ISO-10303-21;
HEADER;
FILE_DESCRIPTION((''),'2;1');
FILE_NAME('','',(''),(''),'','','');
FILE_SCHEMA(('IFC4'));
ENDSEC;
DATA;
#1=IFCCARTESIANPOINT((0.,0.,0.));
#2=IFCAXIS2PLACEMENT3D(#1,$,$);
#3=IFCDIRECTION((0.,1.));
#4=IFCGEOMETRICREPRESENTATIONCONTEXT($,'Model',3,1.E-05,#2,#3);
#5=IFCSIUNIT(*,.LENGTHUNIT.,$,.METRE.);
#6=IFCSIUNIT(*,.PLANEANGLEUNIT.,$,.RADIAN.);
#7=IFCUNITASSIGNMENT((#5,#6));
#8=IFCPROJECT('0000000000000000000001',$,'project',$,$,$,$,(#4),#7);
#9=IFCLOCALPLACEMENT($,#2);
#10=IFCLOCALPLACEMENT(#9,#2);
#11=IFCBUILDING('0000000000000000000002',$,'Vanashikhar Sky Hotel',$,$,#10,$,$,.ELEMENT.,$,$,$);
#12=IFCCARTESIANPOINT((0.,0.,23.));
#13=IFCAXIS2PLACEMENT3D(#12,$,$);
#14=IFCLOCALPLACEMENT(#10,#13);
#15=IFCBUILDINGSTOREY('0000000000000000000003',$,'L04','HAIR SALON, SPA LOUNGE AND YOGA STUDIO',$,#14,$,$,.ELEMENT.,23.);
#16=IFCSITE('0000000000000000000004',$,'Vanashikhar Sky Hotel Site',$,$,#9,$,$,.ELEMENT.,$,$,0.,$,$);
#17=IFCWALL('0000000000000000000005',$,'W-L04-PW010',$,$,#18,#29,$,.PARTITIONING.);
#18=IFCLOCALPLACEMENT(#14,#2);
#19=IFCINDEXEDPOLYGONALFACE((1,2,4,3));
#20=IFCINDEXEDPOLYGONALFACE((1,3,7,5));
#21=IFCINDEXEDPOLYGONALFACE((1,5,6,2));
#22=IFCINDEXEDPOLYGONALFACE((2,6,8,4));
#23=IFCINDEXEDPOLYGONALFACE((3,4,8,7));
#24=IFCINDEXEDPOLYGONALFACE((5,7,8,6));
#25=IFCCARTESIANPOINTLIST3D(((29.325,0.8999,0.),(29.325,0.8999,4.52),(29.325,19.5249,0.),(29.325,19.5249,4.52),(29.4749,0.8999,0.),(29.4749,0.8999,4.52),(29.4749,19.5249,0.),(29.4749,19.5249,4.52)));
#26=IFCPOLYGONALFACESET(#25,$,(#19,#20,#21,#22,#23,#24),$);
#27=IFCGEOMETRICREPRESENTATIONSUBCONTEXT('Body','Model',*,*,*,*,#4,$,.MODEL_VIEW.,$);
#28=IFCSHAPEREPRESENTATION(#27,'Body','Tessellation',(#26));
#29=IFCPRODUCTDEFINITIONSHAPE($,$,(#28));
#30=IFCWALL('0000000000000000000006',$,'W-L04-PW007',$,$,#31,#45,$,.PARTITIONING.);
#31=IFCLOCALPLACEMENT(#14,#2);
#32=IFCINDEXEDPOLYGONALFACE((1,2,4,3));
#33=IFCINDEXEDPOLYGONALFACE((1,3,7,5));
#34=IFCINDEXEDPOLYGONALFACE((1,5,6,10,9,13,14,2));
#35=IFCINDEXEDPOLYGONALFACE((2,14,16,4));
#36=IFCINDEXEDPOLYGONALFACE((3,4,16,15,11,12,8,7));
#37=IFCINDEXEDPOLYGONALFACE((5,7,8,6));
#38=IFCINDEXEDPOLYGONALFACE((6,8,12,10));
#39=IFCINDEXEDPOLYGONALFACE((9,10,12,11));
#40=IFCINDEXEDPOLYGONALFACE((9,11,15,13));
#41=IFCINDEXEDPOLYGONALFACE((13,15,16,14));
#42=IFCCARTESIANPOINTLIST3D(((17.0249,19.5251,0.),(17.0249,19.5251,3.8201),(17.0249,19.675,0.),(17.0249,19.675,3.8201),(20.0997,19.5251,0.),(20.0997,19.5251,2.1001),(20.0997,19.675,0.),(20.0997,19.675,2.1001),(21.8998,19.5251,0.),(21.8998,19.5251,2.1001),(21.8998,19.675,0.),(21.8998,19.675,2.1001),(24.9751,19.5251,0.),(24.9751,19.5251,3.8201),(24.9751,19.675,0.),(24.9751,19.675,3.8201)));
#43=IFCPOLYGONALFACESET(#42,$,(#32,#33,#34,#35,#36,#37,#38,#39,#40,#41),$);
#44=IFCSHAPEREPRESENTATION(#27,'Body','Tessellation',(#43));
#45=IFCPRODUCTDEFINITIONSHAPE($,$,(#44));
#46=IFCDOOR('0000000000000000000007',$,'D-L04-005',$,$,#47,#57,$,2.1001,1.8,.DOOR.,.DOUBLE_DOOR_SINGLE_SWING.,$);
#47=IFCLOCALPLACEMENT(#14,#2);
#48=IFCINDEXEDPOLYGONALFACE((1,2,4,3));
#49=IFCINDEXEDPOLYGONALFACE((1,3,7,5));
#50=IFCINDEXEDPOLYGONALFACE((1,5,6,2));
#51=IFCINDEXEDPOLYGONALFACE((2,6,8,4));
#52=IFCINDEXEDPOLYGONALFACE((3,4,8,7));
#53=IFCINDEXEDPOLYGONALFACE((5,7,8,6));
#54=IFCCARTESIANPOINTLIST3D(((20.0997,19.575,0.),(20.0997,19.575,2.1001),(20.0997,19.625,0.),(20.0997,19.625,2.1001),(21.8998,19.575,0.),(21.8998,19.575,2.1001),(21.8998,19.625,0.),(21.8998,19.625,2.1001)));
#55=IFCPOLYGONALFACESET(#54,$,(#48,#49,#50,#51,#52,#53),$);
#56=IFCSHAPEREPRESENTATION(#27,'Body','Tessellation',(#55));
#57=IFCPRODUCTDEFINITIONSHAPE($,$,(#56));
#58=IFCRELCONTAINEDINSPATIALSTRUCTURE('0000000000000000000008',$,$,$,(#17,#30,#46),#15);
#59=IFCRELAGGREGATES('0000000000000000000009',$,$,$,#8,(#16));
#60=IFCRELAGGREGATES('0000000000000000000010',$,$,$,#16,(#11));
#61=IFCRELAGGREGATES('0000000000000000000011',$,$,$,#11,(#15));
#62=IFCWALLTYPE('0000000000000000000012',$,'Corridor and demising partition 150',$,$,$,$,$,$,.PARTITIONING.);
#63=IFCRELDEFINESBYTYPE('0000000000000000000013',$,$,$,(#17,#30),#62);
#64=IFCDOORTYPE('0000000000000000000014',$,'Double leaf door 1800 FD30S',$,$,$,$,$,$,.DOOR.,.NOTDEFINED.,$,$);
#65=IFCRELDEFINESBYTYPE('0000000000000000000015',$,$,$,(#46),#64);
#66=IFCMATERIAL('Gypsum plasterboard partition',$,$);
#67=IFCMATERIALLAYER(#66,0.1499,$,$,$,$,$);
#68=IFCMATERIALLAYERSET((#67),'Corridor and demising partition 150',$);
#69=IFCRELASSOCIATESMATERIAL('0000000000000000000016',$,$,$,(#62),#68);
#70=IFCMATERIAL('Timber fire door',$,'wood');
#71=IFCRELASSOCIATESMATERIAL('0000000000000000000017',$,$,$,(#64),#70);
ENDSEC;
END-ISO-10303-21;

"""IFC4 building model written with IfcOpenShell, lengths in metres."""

from ifc_helpers import new_model, si_unit, direction, frame, frame_2d, origin, place, context, subcontext, project, spatial, rectangle, extrude, source, transform, mapped, material, layer, layer_set, type_object, element, fill, save


model = new_model("IFC4")

# Units and contexts
model_context = context("Model", 3, precision=1e-05, world=origin(), true_north=direction((0.0, 1.0)))
body_context = subcontext(model_context, "Body", "Model", "MODEL_VIEW")
ifc_project = project(units=[si_unit("LENGTHUNIT", "METRE"), si_unit("PLANEANGLEUNIT", "RADIAN")], contexts=[model_context])

# Site, building, storey
site_placement = place(None, origin())
site = spatial("IfcSite", under=ifc_project, at=site_placement, Name="Vanashikhar Sky Hotel Site", CompositionType="ELEMENT", RefElevation=0.0)
building_placement = place(site_placement, origin())
building = spatial("IfcBuilding", under=site, at=building_placement, Name="Vanashikhar Sky Hotel", CompositionType="ELEMENT")
storey_placement = place(building_placement, frame((0.0, 0.0, 23.0)))
storey = spatial("IfcBuildingStorey", under=building, at=storey_placement, Name="L04", Description="HAIR SALON, SPA LOUNGE AND YOGA STUDIO", CompositionType="ELEMENT", Elevation=23.0)

# Shared definitions
ifc_material_1 = material(Name="Gypsum plasterboard partition")
ifc_layer_1 = layer(ifc_material_1, 0.1499)
ifc_layer_set_1 = layer_set([ifc_layer_1], Name="Corridor and demising partition 150")
wall_type_1 = type_object("IfcWallType", Name="Corridor and demising partition 150", PredefinedType="PARTITIONING", material=ifc_layer_set_1)
ifc_material_2 = material(Name="Timber fire door", Category="wood")

# Wall
shared_shape_1 = source(origin(), body_context, "Body", "SweptSolid", [
    extrude(rectangle(XDim=18.625, YDim=0.1499, at=frame_2d((9.3125, 0.0))), origin(), (0.0, 0.0, 1.0), 4.52),
])
wall_1_placement = place(storey_placement, frame((29.3999, 0.8999, 0.0), z_axis=(0.0, 0.0, 1.0), x_axis=(0.0, 1.0, 0.0)))
element("IfcWall", 1, at=wall_1_placement, inside=storey, type_object=wall_type_1, Name="W-L04-PW010", PredefinedType="PARTITIONING", context=body_context, shape_type="MappedRepresentation", body=[
    mapped(shared_shape_1, transform((0.0, 0.0, 0.0), scale=1.0)),
])

# Wall, opening, door
shared_shape_2 = source(origin(), body_context, "Body", "SweptSolid", [
    extrude(rectangle(XDim=7.9502, YDim=0.1499, at=frame_2d((3.9751, 0.0))), origin(), (0.0, 0.0, 1.0), 3.8201),
])
wall_2_placement = place(storey_placement, frame((17.0249, 19.6001, 0.0), z_axis=(0.0, 0.0, 1.0), x_axis=(1.0, 0.0, 0.0)))
wall_2 = element("IfcWall", 2, at=wall_2_placement, inside=storey, type_object=wall_type_1, Name="W-L04-PW007", PredefinedType="PARTITIONING", context=body_context, shape_type="MappedRepresentation", body=[
    mapped(shared_shape_2, transform((0.0, 0.0, 0.0), scale=1.0)),
])
shared_shape_3 = source(origin(), body_context, "Body", "SweptSolid", [
    extrude(rectangle(XDim=1.8, YDim=2.1001, at=frame_2d((0.8999, 1.05))), frame((0.0, 0.085, 0.0), z_axis=(0.0, -1.0, 0.0), x_axis=(1.0, 0.0, 0.0)), (0.0, 0.0, 1.0), 0.1699),
])
opening_1_placement = place(wall_2_placement, frame((3.075, 0.0, 0.0)))
opening_1 = element("IfcOpeningElement", 3, at=opening_1_placement, cuts=wall_2, PredefinedType="OPENING", context=body_context, shape_type="MappedRepresentation", body=[
    mapped(shared_shape_3, transform((0.0, 0.0, 0.0), scale=1.0)),
])
door_type_1 = type_object("IfcDoorType", Name="Double leaf door 1800 FD30S", OperationType="NOTDEFINED", PredefinedType="DOOR", material=ifc_material_2)
shared_shape_4 = source(origin(), body_context, "Body", "SweptSolid", [
    extrude(rectangle(XDim=1.8, YDim=2.1001, at=frame_2d((0.8999, 1.05))), frame((0.0, 0.0249, 0.0), z_axis=(0.0, -1.0, 0.0), x_axis=(1.0, 0.0, 0.0)), (0.0, 0.0, 1.0), 0.05),
])
door_1_placement = place(opening_1_placement, origin())
door_1 = element("IfcDoor", 4, at=door_1_placement, inside=storey, type_object=door_type_1, Name="D-L04-005", OperationType="DOUBLE_DOOR_SINGLE_SWING", OverallHeight=2.1001, OverallWidth=1.8, PredefinedType="DOOR", context=body_context, shape_type="MappedRepresentation", body=[
    mapped(shared_shape_4, transform((0.0, 0.0, 0.0), scale=1.0)),
])
fill(opening_1, door_1)

save(model, "model.ifc")
